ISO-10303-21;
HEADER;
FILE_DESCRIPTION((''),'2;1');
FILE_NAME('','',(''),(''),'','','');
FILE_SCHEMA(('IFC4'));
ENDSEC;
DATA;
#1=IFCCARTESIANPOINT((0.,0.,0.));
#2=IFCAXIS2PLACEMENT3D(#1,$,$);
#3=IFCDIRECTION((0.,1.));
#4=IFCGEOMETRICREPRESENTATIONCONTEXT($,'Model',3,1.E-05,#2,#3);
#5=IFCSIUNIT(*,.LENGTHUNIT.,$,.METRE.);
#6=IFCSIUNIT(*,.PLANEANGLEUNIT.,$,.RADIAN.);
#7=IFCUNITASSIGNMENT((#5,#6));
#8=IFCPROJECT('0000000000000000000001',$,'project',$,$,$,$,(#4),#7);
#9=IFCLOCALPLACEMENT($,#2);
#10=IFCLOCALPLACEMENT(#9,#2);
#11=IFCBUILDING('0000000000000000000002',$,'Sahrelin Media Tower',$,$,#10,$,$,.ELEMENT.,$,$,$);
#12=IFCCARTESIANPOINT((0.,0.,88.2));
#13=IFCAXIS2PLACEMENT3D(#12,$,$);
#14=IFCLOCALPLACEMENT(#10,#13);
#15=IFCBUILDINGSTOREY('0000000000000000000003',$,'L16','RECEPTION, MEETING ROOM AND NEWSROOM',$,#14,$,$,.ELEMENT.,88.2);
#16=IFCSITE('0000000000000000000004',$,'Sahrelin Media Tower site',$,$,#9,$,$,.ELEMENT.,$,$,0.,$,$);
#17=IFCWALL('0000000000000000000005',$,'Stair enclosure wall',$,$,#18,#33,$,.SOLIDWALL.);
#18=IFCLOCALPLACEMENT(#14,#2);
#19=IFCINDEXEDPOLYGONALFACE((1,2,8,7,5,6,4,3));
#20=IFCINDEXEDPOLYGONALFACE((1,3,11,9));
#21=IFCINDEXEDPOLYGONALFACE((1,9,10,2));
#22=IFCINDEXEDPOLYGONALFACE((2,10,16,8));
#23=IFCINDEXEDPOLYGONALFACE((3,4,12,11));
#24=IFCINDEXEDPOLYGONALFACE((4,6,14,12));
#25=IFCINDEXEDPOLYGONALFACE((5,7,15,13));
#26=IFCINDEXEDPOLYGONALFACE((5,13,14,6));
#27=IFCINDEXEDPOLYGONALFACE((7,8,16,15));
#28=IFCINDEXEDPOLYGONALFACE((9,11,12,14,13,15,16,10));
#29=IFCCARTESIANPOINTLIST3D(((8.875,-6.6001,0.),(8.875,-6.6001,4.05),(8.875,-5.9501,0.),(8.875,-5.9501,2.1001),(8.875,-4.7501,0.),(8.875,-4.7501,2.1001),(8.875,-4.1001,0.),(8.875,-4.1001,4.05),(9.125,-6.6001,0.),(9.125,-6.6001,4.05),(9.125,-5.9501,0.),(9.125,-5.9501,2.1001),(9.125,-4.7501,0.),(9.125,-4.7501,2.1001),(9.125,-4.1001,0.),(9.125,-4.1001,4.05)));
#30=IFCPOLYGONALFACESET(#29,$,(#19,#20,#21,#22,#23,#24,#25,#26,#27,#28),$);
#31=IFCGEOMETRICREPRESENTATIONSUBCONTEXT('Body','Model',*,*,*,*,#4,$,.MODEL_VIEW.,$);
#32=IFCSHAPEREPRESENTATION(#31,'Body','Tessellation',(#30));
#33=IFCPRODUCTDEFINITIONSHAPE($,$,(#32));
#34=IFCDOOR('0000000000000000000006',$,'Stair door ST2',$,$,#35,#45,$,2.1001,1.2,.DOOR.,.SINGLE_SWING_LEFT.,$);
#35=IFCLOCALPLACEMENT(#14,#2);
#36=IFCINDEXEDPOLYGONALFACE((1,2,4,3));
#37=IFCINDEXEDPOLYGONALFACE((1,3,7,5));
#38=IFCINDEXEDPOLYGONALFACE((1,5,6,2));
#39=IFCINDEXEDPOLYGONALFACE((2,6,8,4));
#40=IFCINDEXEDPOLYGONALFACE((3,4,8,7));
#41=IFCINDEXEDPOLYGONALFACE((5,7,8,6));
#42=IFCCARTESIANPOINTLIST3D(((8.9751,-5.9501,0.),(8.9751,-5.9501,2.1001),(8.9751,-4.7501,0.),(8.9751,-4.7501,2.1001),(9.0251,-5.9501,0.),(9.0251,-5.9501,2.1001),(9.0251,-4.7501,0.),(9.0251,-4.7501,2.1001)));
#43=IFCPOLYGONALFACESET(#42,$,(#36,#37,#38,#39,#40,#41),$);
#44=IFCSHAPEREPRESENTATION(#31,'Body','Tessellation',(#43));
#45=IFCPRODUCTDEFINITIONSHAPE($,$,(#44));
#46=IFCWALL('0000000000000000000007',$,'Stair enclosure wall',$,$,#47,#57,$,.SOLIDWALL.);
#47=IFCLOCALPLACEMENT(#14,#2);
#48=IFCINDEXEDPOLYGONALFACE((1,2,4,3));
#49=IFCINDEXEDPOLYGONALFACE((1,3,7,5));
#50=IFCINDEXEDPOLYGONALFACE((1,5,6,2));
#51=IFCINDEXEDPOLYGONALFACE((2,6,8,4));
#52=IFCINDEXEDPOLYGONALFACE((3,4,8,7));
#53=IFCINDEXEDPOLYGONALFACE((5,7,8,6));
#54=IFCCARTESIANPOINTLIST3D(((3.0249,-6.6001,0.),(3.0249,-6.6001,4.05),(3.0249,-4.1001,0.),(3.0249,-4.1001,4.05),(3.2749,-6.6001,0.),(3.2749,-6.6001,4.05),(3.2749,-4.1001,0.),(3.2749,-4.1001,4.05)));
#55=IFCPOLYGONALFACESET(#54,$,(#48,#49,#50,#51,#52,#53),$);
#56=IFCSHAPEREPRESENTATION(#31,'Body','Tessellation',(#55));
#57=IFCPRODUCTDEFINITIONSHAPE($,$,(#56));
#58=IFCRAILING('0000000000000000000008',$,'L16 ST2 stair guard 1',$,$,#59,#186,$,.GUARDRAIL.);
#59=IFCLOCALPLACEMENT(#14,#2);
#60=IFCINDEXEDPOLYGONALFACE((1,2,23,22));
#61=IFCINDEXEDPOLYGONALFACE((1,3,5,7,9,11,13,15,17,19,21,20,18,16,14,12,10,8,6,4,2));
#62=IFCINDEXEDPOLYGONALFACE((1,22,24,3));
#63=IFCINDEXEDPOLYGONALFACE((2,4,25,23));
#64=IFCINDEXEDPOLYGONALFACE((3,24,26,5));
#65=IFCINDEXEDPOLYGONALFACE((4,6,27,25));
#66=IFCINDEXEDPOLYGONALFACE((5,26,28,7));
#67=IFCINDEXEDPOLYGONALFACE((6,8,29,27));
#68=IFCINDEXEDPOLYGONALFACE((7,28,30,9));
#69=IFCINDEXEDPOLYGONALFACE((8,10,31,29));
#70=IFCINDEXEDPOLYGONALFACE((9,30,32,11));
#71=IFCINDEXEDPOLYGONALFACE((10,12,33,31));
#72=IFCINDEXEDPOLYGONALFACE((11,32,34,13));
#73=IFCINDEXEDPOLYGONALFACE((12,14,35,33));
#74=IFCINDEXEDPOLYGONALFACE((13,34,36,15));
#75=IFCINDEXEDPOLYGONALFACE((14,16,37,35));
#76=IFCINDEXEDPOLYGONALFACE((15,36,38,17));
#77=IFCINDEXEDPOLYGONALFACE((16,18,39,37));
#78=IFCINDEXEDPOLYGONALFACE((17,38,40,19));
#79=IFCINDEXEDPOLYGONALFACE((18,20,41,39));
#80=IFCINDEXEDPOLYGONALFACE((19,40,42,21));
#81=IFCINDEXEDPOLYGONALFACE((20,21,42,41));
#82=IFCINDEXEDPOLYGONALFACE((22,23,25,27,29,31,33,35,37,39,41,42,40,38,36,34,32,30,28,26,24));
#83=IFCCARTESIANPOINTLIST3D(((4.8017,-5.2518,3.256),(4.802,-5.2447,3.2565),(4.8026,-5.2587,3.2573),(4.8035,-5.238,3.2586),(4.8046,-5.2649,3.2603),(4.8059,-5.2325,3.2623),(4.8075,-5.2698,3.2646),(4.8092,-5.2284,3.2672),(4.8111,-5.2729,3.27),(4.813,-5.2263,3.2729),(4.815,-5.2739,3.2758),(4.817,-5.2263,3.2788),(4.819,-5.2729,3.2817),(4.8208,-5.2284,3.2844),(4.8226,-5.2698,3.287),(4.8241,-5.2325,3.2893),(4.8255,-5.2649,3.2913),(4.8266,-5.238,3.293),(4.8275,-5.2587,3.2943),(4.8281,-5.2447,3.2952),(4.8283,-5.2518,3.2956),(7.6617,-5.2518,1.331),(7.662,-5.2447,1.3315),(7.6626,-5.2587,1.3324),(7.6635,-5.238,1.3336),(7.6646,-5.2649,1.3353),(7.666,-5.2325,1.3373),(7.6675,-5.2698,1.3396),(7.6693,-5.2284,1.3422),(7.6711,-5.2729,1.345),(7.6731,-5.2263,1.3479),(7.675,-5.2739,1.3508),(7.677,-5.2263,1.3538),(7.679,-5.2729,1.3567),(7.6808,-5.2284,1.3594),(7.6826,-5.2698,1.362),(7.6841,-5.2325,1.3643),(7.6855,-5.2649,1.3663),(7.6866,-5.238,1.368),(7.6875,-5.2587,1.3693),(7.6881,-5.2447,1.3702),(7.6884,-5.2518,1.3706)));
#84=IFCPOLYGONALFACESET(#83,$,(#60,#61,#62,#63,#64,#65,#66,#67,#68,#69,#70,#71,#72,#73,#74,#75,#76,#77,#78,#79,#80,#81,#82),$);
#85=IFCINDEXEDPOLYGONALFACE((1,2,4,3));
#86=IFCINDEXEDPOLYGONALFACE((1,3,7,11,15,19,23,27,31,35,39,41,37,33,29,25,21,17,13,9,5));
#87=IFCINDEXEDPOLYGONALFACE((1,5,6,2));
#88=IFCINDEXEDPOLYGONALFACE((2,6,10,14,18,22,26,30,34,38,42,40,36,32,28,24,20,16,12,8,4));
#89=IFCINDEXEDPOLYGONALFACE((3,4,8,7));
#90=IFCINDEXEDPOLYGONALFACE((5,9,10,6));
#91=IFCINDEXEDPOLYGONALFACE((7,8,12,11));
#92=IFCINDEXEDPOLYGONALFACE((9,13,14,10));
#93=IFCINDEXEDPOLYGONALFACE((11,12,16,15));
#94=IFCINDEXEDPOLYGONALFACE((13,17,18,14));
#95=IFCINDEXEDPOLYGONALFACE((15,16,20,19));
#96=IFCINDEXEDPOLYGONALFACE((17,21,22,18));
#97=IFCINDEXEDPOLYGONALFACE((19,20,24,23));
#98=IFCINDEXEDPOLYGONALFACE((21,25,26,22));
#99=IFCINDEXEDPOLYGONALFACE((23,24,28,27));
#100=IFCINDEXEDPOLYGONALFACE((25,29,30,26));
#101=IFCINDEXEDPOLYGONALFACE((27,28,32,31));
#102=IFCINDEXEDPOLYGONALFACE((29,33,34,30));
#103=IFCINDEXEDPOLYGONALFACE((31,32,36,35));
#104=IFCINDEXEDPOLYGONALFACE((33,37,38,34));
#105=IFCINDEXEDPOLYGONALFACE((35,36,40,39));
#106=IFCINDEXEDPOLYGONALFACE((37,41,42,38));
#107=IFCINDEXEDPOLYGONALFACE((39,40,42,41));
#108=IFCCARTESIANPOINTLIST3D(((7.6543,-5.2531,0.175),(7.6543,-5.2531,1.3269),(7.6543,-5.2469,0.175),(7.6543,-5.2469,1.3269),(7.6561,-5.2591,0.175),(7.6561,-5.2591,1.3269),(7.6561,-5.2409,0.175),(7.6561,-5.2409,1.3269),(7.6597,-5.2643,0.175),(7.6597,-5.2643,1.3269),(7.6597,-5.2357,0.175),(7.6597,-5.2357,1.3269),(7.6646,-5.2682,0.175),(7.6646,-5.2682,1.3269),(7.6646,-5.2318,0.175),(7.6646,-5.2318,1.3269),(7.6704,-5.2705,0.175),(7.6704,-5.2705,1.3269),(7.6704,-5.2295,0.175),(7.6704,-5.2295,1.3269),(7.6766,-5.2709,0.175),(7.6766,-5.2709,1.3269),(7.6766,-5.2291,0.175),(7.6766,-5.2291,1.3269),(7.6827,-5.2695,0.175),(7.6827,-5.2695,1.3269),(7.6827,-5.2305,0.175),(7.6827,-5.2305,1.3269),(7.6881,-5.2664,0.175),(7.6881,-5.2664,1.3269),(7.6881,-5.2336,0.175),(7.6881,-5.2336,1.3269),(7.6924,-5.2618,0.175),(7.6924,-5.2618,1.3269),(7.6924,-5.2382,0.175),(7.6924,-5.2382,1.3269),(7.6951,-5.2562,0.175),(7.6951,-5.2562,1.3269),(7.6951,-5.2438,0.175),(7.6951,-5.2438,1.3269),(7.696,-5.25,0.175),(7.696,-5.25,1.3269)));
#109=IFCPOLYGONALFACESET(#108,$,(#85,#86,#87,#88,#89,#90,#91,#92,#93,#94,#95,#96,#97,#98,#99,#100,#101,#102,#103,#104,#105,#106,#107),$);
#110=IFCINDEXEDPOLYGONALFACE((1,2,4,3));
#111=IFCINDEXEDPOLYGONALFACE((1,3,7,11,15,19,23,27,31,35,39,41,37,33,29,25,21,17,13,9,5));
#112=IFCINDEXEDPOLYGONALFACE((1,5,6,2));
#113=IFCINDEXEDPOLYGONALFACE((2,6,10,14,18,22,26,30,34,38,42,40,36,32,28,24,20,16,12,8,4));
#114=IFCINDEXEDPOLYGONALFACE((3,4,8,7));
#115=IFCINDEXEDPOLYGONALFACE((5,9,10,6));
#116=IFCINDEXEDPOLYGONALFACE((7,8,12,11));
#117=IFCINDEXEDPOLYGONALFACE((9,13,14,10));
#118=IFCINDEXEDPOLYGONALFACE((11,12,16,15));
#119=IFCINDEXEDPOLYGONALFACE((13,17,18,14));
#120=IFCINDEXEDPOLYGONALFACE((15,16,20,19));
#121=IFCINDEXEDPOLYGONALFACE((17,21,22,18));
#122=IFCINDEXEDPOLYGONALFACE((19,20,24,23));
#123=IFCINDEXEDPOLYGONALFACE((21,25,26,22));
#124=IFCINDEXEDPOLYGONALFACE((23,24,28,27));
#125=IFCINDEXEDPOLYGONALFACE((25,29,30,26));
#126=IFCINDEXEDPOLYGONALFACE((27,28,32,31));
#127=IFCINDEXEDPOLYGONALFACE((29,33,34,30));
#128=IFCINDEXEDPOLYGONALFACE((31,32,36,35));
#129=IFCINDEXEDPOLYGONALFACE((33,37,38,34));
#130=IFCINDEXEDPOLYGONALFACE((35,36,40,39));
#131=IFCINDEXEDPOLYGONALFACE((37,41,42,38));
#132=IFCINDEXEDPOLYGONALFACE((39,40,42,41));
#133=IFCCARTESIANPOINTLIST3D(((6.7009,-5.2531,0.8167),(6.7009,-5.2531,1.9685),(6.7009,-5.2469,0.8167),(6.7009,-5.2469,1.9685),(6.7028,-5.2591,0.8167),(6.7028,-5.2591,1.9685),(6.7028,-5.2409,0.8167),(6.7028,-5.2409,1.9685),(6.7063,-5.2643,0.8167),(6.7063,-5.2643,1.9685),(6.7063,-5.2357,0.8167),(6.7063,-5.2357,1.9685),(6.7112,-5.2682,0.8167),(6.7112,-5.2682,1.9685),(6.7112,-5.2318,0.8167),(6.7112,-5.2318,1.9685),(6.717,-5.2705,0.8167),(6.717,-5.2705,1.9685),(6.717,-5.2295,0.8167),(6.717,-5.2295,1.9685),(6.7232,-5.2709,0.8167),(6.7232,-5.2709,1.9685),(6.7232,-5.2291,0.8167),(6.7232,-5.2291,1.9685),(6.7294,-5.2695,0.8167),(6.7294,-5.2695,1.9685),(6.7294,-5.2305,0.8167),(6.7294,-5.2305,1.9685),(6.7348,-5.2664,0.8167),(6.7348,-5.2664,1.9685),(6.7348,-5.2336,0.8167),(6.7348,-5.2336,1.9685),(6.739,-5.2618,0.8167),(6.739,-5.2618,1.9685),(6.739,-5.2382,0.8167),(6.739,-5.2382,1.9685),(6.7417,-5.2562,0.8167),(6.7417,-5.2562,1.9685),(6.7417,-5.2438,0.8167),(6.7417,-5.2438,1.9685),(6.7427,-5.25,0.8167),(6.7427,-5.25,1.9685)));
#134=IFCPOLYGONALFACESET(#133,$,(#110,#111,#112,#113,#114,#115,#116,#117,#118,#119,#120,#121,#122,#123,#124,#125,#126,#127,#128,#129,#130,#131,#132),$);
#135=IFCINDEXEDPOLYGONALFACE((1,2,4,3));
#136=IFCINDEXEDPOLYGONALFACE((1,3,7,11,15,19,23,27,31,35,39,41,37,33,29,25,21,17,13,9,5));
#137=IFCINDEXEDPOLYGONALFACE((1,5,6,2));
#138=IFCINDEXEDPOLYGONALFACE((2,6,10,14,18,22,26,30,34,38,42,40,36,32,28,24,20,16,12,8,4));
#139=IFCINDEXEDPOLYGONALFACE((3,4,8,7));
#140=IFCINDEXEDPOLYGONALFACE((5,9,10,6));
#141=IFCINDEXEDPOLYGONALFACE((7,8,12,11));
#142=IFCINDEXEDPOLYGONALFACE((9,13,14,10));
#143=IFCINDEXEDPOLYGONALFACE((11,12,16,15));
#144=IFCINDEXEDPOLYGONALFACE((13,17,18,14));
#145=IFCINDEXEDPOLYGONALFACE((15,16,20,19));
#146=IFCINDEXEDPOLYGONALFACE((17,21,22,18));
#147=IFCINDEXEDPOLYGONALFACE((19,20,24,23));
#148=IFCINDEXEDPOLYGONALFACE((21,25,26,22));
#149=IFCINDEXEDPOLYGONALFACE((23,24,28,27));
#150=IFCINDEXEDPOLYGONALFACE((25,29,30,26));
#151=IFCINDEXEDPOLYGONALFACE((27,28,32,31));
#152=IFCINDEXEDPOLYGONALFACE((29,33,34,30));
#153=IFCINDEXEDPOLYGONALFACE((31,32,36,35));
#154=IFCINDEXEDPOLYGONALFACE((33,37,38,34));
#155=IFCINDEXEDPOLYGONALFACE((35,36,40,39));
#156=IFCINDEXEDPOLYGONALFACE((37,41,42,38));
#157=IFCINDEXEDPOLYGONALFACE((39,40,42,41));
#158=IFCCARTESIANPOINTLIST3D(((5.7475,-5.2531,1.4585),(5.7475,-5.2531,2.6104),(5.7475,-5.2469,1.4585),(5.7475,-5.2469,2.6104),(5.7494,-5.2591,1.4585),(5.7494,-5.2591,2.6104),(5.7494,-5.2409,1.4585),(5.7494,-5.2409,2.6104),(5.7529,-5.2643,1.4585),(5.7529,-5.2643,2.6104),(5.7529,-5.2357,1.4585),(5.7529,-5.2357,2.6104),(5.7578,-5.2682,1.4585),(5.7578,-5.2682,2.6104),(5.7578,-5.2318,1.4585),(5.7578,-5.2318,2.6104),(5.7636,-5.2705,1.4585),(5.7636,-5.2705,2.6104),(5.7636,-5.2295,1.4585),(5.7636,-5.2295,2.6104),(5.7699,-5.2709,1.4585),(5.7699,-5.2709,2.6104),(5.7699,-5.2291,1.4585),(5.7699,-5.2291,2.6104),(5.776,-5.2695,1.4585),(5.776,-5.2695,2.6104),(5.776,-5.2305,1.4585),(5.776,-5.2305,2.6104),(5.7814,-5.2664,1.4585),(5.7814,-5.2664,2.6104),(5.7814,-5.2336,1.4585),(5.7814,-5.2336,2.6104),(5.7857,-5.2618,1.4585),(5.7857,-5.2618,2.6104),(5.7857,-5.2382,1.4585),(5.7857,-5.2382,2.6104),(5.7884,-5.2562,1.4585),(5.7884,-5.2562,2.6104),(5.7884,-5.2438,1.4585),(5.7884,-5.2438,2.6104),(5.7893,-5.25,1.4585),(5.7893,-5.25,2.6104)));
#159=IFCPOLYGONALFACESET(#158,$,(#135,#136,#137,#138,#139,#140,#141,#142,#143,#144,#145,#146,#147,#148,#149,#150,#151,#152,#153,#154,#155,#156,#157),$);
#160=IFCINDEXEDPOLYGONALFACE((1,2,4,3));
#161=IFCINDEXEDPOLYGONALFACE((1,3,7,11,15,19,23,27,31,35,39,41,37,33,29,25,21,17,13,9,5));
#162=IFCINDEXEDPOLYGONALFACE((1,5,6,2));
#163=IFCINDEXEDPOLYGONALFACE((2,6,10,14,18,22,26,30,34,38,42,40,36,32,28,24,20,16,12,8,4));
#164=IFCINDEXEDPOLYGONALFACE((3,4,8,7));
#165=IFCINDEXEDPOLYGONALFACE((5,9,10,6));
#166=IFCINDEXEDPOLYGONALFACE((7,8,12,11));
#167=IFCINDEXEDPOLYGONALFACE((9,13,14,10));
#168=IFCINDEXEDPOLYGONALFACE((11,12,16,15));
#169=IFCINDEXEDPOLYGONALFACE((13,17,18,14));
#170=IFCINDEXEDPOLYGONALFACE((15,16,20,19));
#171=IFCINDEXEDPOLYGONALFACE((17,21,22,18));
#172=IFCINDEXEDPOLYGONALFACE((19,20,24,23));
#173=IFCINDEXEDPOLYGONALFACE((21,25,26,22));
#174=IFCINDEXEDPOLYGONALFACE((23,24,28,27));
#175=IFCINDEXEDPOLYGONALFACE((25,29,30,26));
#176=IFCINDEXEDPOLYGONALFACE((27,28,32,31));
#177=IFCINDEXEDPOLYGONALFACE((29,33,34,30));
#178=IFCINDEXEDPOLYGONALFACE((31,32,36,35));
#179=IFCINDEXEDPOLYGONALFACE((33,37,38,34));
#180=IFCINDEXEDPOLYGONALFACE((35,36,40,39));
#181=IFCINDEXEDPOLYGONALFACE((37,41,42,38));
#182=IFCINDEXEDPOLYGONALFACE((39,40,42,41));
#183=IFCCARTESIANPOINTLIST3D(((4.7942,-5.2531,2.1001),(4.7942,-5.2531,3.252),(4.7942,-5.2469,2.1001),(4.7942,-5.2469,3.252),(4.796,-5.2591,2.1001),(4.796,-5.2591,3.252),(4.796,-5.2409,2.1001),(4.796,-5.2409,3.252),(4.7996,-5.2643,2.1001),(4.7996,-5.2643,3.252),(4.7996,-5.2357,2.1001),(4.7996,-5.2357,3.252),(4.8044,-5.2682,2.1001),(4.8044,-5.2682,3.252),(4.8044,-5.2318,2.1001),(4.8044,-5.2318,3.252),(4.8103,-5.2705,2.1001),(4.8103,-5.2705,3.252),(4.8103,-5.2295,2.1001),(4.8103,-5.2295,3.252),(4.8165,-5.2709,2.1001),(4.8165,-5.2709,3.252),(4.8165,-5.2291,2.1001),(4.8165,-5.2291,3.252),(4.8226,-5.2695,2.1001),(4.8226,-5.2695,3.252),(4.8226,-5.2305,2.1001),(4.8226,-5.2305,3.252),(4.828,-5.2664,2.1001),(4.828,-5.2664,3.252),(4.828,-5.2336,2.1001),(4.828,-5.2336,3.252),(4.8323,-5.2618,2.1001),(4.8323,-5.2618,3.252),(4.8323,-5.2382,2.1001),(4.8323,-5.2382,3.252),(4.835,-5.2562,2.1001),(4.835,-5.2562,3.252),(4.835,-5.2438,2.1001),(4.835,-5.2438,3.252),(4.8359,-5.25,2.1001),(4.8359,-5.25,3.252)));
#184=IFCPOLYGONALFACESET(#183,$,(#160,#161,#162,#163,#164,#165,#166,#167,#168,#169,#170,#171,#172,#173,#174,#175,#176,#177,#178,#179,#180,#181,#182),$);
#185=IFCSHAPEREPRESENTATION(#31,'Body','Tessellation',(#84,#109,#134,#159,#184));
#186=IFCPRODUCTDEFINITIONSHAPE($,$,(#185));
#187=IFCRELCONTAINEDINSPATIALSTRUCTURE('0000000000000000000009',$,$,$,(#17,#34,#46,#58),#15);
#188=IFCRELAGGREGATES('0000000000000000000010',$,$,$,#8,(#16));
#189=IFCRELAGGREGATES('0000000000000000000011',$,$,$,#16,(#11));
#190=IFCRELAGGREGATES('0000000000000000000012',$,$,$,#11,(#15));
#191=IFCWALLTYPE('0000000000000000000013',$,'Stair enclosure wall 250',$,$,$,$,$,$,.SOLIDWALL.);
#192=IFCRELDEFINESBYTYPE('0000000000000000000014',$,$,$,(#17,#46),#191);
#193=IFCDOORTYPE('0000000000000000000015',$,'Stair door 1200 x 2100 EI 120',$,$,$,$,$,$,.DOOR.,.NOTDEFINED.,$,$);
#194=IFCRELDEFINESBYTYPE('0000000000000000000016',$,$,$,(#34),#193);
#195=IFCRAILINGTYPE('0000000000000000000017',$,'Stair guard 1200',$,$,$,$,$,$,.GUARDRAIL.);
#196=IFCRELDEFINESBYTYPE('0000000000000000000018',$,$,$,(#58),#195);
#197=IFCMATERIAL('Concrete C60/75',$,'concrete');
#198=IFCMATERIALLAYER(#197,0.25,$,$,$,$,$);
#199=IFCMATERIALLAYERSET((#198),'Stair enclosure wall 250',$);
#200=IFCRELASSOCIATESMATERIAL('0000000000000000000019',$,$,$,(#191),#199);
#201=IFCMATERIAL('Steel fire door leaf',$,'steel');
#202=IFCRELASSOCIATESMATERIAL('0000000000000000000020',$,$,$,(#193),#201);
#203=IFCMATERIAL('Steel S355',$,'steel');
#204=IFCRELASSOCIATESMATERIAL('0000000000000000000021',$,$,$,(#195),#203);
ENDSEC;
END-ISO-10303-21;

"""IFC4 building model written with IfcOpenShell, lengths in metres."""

from ifc_helpers import new_model, si_unit, direction, frame, frame_2d, origin, origin_2d, place, context, subcontext, project, spatial, rectangle, circle, extrude, material, layer, layer_set, type_object, element, fill, save


model = new_model("IFC4")

# Units and contexts
model_context = context("Model", 3, precision=1e-05, world=origin(), true_north=direction((0.0, 1.0)))
body_context = subcontext(model_context, "Body", "Model", "MODEL_VIEW")
ifc_project = project(units=[si_unit("LENGTHUNIT", "METRE"), si_unit("PLANEANGLEUNIT", "RADIAN")], contexts=[model_context])

# Site, building, storey
site_placement = place(None, origin())
site = spatial("IfcSite", under=ifc_project, at=site_placement, Name="Sahrelin Media Tower site", CompositionType="ELEMENT", RefElevation=0.0)
building_placement = place(site_placement, origin())
building = spatial("IfcBuilding", under=site, at=building_placement, Name="Sahrelin Media Tower", CompositionType="ELEMENT")
storey_placement = place(building_placement, frame((0.0, 0.0, 88.2)))
storey = spatial("IfcBuildingStorey", under=building, at=storey_placement, Name="L16", Description="RECEPTION, MEETING ROOM AND NEWSROOM", CompositionType="ELEMENT", Elevation=88.2)

# Shared definitions
ifc_material_1 = material(Name="Concrete C60/75", Category="concrete")

# Shared definitions
ifc_material_2 = material(Name="Steel fire door leaf", Category="steel")

# Wall, opening, door
ifc_layer_1 = layer(ifc_material_1, 0.25)
ifc_layer_set_1 = layer_set([ifc_layer_1], Name="Stair enclosure wall 250")
wall_type_1 = type_object("IfcWallType", Name="Stair enclosure wall 250", PredefinedType="SOLIDWALL", material=ifc_layer_set_1)
wall_1_placement = place(storey_placement, frame((9.0, -6.6001, 0.0), z_axis=(0.0, 0.0, 1.0), x_axis=(0.0, 1.0, 0.0)))
wall_1 = element("IfcWall", 1, at=wall_1_placement, inside=storey, type_object=wall_type_1, Name="Stair enclosure wall", PredefinedType="SOLIDWALL", context=body_context, shape_type="SweptSolid", body=[
    extrude(rectangle(XDim=2.5, YDim=0.25, at=frame_2d((1.25, 0.0))), origin(), (0.0, 0.0, 1.0), 4.05),
])
opening_1_placement = place(wall_1_placement, frame((0.6499, 0.0, 0.0)))
opening_1 = element("IfcOpeningElement", 2, at=opening_1_placement, cuts=wall_1, PredefinedType="OPENING", context=body_context, shape_type="SweptSolid", body=[
    extrude(rectangle(XDim=1.2, YDim=2.1001, at=frame_2d((0.6001, 1.05))), frame((0.0, 0.125, 0.0), z_axis=(0.0, -1.0, 0.0), x_axis=(1.0, 0.0, 0.0)), (0.0, 0.0, 1.0), 0.25),
])
door_type_1 = type_object("IfcDoorType", Name="Stair door 1200 x 2100 EI 120", OperationType="NOTDEFINED", PredefinedType="DOOR", material=ifc_material_2)
door_1_placement = place(opening_1_placement, origin())
door_1 = element("IfcDoor", 3, at=door_1_placement, inside=storey, type_object=door_type_1, Name="Stair door ST2", OperationType="SINGLE_SWING_LEFT", OverallHeight=2.1001, OverallWidth=1.2, PredefinedType="DOOR", context=body_context, shape_type="SweptSolid", body=[
    extrude(rectangle(XDim=1.2, YDim=2.1001, at=frame_2d((0.6001, 1.05))), frame((0.0, 0.0249, 0.0), z_axis=(0.0, -1.0, 0.0), x_axis=(1.0, 0.0, 0.0)), (0.0, 0.0, 1.0), 0.05),
])
fill(opening_1, door_1)

# Wall
wall_2_placement = place(storey_placement, frame((3.1499, -6.6001, 0.0), z_axis=(0.0, 0.0, 1.0), x_axis=(0.0, 1.0, 0.0)))
element("IfcWall", 4, at=wall_2_placement, inside=storey, type_object=wall_type_1, Name="Stair enclosure wall", PredefinedType="SOLIDWALL", context=body_context, shape_type="SweptSolid", body=[
    extrude(rectangle(XDim=2.5, YDim=0.25, at=frame_2d((1.25, 0.0))), origin(), (0.0, 0.0, 1.0), 4.05),
])

# Railing
ifc_material_3 = material(Name="Steel S355", Category="steel")
railing_type_1 = type_object("IfcRailingType", Name="Stair guard 1200", PredefinedType="GUARDRAIL", material=ifc_material_3)
railing_1_placement = place(storey_placement, frame((7.675, -5.25, 0.175)))
element("IfcRailing", 5, at=railing_1_placement, inside=storey, type_object=railing_type_1, Name="L16 ST2 stair guard 1", PredefinedType="GUARDRAIL", context=body_context, shape_type="SweptSolid", body=[
    extrude(circle(Radius=0.0239, at=origin_2d()), frame((0.0, 0.0, 1.1758), z_axis=(-0.829591, 0.0, 0.558372), x_axis=(0.0, -1.0, 0.0)), (0.0, 0.0, 1.0), 3.4475),
    extrude(circle(Radius=0.021, at=origin_2d()), origin(), (0.0, 0.0, 1.0), 1.1519),
    extrude(circle(Radius=0.021, at=origin_2d()), frame((-0.9534, 0.0, 0.6416)), (0.0, 0.0, 1.0), 1.1519),
    extrude(circle(Radius=0.021, at=origin_2d()), frame((-1.9067, 0.0, 1.2834)), (0.0, 0.0, 1.0), 1.1519),
    extrude(circle(Radius=0.021, at=origin_2d()), frame((-2.8601, 0.0, 1.925)), (0.0, 0.0, 1.0), 1.1519),
])

save(model, "model.ifc")
